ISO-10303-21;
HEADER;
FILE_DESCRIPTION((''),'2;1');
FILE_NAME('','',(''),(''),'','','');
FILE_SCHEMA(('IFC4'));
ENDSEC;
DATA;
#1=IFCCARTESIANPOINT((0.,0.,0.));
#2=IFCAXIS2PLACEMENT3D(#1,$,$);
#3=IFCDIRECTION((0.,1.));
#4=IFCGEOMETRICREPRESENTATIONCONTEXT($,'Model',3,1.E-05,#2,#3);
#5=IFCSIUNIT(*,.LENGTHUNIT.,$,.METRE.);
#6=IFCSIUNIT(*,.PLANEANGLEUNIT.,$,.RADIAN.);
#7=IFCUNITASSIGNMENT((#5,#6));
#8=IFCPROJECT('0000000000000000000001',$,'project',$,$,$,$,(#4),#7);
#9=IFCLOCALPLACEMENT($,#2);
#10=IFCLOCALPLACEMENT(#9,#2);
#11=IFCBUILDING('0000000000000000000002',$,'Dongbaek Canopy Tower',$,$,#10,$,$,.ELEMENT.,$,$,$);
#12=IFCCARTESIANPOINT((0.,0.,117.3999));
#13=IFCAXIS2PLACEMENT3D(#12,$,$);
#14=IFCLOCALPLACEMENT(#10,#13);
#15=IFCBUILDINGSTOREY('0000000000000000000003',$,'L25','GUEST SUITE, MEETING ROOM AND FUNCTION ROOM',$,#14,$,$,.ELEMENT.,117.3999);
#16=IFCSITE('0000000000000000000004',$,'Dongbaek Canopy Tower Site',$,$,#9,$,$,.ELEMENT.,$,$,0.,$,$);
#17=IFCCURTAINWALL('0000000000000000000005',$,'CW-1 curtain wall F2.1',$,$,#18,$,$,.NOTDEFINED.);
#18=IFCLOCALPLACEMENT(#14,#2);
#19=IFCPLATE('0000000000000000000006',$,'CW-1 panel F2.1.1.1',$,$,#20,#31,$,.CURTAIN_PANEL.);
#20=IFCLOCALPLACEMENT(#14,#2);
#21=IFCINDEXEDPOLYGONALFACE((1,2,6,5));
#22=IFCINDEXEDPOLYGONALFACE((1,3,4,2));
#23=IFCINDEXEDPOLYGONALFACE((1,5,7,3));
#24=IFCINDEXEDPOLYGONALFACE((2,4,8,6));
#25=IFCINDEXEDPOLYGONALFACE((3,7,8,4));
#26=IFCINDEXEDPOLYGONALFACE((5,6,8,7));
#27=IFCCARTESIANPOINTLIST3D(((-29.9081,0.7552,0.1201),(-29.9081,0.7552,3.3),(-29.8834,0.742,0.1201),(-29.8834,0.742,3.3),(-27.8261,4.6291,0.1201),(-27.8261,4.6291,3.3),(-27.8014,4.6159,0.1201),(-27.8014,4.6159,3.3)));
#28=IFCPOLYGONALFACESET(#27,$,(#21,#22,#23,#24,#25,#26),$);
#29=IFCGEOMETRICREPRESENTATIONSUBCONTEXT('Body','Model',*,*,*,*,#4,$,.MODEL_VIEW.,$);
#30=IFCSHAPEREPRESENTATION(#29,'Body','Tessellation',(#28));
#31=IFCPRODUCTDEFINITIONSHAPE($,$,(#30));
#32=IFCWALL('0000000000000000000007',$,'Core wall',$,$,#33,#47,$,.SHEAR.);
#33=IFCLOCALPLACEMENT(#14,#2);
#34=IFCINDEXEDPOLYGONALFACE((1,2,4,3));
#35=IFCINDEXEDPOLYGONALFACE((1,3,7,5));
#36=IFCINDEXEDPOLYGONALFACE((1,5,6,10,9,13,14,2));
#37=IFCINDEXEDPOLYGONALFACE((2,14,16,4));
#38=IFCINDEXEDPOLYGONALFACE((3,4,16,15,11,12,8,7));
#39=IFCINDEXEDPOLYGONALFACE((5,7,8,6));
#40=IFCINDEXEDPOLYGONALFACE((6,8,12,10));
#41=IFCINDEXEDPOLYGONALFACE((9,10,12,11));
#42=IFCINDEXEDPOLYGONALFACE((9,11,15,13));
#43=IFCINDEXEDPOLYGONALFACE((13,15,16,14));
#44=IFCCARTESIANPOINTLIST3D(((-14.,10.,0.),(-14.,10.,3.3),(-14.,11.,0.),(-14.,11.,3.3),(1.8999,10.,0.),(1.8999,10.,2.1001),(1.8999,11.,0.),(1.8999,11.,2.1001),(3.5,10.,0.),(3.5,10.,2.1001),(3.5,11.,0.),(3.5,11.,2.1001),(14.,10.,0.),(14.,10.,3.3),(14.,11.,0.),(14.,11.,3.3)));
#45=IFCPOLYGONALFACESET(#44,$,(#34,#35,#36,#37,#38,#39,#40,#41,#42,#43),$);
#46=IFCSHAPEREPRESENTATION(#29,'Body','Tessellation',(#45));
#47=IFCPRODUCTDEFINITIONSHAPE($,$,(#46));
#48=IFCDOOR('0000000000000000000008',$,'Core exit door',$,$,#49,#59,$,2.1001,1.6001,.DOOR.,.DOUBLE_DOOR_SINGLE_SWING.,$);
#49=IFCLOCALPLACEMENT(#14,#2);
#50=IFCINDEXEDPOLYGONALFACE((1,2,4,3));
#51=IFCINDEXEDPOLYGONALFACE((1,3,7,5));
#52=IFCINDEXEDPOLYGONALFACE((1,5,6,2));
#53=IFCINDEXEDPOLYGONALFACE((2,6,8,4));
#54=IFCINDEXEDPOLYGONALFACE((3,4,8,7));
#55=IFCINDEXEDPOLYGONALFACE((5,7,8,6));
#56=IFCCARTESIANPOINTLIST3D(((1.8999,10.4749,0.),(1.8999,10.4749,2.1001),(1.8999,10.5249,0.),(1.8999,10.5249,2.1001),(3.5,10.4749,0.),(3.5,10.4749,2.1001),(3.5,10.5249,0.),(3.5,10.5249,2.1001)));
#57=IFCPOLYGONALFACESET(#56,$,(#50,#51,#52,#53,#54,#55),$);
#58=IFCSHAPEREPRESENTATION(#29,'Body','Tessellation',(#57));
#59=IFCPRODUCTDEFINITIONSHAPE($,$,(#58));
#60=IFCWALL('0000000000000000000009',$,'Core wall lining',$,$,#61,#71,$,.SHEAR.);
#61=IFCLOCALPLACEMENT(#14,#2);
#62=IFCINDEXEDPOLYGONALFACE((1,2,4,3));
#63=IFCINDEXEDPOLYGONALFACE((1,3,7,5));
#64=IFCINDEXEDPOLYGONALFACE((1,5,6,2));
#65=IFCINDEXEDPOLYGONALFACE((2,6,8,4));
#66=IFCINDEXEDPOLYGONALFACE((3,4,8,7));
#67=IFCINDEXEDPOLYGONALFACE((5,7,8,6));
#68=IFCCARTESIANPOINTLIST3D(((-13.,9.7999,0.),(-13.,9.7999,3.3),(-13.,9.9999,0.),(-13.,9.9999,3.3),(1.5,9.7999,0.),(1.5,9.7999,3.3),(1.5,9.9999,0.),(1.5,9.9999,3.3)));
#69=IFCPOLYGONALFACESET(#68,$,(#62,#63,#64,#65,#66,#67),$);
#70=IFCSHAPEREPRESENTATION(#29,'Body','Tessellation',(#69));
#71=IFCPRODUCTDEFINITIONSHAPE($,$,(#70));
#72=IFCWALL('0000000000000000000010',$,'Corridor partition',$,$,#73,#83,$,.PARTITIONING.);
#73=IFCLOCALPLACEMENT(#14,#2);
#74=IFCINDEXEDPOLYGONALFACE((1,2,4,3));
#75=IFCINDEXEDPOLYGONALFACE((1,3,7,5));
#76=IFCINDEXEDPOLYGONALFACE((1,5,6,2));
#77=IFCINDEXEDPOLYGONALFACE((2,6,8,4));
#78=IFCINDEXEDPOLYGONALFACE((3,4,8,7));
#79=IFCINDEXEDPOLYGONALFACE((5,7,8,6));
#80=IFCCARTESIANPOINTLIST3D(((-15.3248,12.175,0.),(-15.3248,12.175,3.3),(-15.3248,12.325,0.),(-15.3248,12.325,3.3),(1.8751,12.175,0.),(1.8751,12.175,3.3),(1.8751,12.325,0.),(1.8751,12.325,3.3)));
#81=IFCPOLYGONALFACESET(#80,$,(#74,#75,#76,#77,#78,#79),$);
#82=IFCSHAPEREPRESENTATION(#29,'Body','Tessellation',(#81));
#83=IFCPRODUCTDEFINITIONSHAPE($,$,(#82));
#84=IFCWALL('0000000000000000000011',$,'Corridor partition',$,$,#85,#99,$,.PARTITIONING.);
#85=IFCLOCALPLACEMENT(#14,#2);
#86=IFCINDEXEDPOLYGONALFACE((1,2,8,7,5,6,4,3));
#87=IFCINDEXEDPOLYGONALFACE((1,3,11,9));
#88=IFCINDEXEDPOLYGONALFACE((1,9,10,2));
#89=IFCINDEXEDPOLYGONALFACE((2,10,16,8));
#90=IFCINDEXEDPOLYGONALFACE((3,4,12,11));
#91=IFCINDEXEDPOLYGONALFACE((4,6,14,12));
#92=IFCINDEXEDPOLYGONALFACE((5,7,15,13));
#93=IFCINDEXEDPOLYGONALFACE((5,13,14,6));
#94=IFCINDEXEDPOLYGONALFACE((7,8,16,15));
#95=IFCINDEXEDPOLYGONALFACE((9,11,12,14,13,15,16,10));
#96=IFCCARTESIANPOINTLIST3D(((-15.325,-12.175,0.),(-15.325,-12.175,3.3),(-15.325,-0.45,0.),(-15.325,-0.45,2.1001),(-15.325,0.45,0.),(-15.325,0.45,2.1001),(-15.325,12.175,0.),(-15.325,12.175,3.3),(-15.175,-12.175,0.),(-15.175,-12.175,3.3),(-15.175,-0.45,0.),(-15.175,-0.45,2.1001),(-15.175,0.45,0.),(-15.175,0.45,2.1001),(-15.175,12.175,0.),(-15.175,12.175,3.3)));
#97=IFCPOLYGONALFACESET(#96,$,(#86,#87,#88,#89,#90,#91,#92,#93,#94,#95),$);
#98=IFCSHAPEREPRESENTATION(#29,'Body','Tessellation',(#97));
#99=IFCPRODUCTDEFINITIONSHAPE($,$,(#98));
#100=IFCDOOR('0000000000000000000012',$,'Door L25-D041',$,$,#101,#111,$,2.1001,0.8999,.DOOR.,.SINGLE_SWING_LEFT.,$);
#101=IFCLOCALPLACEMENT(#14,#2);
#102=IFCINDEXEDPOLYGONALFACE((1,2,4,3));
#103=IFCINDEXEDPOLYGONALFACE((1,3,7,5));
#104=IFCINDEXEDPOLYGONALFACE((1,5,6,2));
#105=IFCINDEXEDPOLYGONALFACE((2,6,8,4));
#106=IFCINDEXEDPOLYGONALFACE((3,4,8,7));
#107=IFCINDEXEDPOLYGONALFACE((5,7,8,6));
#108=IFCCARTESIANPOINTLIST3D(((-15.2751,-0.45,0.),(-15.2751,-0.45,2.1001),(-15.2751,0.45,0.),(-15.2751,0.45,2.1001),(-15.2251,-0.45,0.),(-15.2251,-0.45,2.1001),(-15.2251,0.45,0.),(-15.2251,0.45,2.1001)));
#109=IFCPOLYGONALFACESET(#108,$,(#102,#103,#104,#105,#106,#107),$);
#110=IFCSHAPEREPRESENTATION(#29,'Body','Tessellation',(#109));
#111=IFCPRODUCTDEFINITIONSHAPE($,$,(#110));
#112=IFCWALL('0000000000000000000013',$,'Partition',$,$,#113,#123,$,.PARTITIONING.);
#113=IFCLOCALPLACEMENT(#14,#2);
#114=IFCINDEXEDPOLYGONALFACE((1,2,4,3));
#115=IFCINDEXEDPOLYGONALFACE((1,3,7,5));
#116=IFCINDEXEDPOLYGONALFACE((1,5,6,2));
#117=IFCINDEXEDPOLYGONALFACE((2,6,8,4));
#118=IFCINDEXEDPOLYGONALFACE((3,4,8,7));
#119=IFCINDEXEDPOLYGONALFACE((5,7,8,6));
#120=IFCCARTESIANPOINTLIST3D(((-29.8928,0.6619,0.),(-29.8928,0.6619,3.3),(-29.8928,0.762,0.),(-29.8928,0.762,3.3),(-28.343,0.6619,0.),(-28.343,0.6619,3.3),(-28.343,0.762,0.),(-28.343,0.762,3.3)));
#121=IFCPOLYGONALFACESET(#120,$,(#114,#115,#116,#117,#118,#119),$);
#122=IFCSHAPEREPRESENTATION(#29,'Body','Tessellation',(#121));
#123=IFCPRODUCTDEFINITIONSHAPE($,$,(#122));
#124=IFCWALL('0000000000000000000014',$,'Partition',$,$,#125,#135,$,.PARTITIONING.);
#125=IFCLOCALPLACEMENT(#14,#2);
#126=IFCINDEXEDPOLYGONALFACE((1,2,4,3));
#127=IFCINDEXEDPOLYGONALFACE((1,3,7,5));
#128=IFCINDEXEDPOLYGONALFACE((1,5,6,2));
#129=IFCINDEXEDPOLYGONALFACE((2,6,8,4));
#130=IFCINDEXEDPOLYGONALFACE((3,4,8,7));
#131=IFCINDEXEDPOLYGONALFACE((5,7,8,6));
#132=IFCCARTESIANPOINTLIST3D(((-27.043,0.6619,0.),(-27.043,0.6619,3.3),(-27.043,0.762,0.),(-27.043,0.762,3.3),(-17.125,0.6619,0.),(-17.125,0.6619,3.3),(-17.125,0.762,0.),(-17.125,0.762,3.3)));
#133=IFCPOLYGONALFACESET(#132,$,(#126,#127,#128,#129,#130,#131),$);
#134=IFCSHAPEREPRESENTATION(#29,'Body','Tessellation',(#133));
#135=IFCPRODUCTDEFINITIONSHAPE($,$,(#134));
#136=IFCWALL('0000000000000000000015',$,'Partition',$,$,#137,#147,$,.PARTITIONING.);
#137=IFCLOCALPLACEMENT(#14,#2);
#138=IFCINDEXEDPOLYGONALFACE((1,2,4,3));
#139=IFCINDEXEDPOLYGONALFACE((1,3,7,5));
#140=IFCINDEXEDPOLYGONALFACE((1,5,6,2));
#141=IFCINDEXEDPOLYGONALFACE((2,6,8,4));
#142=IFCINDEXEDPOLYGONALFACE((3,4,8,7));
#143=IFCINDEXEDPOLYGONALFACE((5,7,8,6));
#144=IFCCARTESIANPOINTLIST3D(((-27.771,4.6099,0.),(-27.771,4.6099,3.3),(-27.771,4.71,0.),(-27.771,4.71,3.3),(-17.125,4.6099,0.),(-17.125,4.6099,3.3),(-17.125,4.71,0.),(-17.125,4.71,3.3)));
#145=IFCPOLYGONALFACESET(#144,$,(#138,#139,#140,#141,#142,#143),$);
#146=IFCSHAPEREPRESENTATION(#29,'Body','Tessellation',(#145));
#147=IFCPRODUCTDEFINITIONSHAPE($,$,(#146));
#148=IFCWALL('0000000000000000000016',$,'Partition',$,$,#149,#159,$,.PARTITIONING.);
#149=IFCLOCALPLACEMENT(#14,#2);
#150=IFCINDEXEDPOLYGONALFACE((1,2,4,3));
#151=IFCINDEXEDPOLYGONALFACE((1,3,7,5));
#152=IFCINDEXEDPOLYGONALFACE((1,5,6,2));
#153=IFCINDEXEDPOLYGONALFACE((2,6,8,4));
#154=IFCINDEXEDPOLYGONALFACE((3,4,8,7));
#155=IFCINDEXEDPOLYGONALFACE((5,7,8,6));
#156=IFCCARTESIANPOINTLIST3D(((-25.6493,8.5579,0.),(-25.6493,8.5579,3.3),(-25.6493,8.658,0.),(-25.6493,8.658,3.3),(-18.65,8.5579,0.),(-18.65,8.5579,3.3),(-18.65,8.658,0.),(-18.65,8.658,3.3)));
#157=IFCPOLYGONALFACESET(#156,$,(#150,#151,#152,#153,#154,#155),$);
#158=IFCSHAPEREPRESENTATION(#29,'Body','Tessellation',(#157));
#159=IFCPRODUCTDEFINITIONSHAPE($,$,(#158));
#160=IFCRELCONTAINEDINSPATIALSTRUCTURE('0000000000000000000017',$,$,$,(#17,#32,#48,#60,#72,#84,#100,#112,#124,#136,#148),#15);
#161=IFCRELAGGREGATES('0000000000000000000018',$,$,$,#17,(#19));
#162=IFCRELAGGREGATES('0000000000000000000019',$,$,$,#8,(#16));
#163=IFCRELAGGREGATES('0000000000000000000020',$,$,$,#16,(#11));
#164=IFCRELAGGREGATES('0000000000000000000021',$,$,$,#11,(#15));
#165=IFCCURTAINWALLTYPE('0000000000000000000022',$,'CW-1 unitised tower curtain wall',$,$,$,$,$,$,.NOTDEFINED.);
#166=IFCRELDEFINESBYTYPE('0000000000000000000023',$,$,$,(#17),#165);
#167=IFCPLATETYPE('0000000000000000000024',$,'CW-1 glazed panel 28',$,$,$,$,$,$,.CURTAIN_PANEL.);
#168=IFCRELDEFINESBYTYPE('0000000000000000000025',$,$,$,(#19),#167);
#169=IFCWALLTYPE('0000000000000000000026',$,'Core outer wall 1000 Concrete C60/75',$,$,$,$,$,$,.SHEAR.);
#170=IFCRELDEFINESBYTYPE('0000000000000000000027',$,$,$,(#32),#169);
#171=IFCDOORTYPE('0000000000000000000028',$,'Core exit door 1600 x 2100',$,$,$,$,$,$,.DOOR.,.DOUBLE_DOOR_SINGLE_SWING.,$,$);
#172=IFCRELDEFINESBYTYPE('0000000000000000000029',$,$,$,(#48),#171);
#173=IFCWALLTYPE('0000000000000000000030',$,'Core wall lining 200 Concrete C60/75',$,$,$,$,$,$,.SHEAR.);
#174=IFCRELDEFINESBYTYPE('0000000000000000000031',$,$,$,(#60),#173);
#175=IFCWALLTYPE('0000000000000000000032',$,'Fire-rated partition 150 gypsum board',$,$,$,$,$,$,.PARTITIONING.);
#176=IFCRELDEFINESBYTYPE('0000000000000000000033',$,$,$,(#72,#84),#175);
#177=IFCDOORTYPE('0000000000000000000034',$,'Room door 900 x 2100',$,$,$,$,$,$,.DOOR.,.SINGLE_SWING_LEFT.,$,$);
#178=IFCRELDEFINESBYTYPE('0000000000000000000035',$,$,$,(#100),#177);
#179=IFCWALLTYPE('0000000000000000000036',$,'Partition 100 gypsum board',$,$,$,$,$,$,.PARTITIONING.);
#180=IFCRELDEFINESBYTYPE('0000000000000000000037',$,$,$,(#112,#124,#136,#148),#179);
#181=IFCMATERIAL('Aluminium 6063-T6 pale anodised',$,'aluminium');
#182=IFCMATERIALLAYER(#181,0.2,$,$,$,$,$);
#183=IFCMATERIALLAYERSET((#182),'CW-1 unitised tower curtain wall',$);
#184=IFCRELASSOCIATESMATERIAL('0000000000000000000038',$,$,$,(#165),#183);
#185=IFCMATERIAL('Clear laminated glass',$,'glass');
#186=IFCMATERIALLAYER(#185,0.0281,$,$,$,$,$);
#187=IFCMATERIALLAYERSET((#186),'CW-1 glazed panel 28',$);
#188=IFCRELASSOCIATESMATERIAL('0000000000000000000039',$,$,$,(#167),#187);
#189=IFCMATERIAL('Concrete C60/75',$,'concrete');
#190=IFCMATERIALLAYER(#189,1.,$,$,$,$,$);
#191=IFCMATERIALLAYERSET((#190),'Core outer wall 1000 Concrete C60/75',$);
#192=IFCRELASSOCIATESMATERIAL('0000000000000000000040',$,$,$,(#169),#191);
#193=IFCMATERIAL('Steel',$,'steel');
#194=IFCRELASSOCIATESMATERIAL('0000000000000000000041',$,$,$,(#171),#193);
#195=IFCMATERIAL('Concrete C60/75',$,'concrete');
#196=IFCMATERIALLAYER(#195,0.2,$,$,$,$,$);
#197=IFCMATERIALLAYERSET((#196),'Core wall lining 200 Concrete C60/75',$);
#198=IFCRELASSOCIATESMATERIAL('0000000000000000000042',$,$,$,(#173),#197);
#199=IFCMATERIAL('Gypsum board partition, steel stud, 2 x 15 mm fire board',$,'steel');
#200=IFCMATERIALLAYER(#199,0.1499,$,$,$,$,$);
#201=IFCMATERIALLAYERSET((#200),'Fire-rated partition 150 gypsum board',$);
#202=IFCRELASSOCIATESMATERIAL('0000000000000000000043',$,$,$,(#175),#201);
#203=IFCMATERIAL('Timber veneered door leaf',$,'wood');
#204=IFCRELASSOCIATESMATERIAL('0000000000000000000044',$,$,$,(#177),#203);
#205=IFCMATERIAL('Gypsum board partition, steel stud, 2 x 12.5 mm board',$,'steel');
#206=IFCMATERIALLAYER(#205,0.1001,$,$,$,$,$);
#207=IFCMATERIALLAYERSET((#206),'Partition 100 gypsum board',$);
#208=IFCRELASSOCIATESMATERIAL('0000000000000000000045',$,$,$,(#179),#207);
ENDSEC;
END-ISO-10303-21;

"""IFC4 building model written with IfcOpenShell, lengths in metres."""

from ifc_helpers import new_model, si_unit, direction, frame, frame_2d, origin, origin_2d, place, context, subcontext, project, spatial, rectangle, extrude, material, layer, layer_set, type_object, element, fill, aggregate, save


model = new_model("IFC4")

# Units and contexts
model_context = context("Model", 3, precision=1e-05, world=origin(), true_north=direction((0.0, 1.0)))
body_context = subcontext(model_context, "Body", "Model", "MODEL_VIEW")
ifc_project = project(units=[si_unit("LENGTHUNIT", "METRE"), si_unit("PLANEANGLEUNIT", "RADIAN")], contexts=[model_context])

# Site, building, storey
site_placement = place(None, origin())
site = spatial("IfcSite", under=ifc_project, at=site_placement, Name="Dongbaek Canopy Tower Site", CompositionType="ELEMENT", RefElevation=0.0)
building_placement = place(site_placement, origin())
building = spatial("IfcBuilding", under=site, at=building_placement, Name="Dongbaek Canopy Tower", CompositionType="ELEMENT")
storey_placement = place(building_placement, frame((0.0, 0.0, 117.3999)))
storey = spatial("IfcBuildingStorey", under=building, at=storey_placement, Name="L25", Description="GUEST SUITE, MEETING ROOM AND FUNCTION ROOM", CompositionType="ELEMENT", Elevation=117.3999)

# Curtain wall
ifc_material_1 = material(Name="Aluminium 6063-T6 pale anodised", Category="aluminium")
ifc_layer_1 = layer(ifc_material_1, 0.2)
ifc_layer_set_1 = layer_set([ifc_layer_1], Name="CW-1 unitised tower curtain wall")
curtain_wall_type = type_object("IfcCurtainWallType", Name="CW-1 unitised tower curtain wall", PredefinedType="NOTDEFINED", material=ifc_layer_set_1)
curtain_wall_placement = place(storey_placement, origin())
curtain_wall = element("IfcCurtainWall", 1, at=curtain_wall_placement, inside=storey, type_object=curtain_wall_type, Name="CW-1 curtain wall F2.1", PredefinedType="NOTDEFINED")

# Plate
ifc_material_2 = material(Name="Clear laminated glass", Category="glass")
ifc_layer_2 = layer(ifc_material_2, 0.0281)
ifc_layer_set_2 = layer_set([ifc_layer_2], Name="CW-1 glazed panel 28")
plate_type = type_object("IfcPlateType", Name="CW-1 glazed panel 28", PredefinedType="CURTAIN_PANEL", material=ifc_layer_set_2)
plate_placement = place(storey_placement, frame((-28.8547, 2.6855, 0.1201), z_axis=(0.0, 0.0, 1.0), x_axis=(-0.473409, -0.880843, 0.0)))
plate = element("IfcPlate", 2, at=plate_placement, type_object=plate_type, Name="CW-1 panel F2.1.1.1", PredefinedType="CURTAIN_PANEL", context=body_context, shape_type="SweptSolid", body=[
    extrude(rectangle(XDim=4.3979, YDim=0.0281, at=origin_2d()), origin(), (0.0, 0.0, 1.0), 3.1799),
])
aggregate(curtain_wall, [plate])

# Wall, opening, door
ifc_material_3 = material(Name="Concrete C60/75", Category="concrete")
ifc_layer_3 = layer(ifc_material_3, 1.0)
ifc_layer_set_3 = layer_set([ifc_layer_3], Name="Core outer wall 1000 Concrete C60/75")
wall_type_1 = type_object("IfcWallType", Name="Core outer wall 1000 Concrete C60/75", PredefinedType="SHEAR", material=ifc_layer_set_3)
wall_1_placement = place(storey_placement, frame((-14.0, 10.5, 0.0), z_axis=(0.0, 0.0, 1.0), x_axis=(1.0, 0.0, 0.0)))
wall_1 = element("IfcWall", 3, at=wall_1_placement, inside=storey, type_object=wall_type_1, Name="Core wall", PredefinedType="SHEAR", context=body_context, shape_type="SweptSolid", body=[
    extrude(rectangle(XDim=28.0, YDim=1.0, at=frame_2d((14.0, 0.0))), origin(), (0.0, 0.0, 1.0), 3.3),
])
opening_1_placement = place(wall_1_placement, frame((15.8999, 0.0, 0.0)))
opening_1 = element("IfcOpeningElement", 4, at=opening_1_placement, cuts=wall_1, PredefinedType="OPENING", context=body_context, shape_type="SweptSolid", body=[
    extrude(rectangle(XDim=1.6001, YDim=2.1001, at=frame_2d((0.8, 1.05))), frame((0.0, 0.51, 0.0), z_axis=(0.0, -1.0, 0.0), x_axis=(1.0, 0.0, 0.0)), (0.0, 0.0, 1.0), 1.02),
])
ifc_material_4 = material(Name="Steel", Category="steel")
door_type_1 = type_object("IfcDoorType", Name="Core exit door 1600 x 2100", OperationType="DOUBLE_DOOR_SINGLE_SWING", PredefinedType="DOOR", material=ifc_material_4)
door_1_placement = place(opening_1_placement, origin())
door_1 = element("IfcDoor", 5, at=door_1_placement, inside=storey, type_object=door_type_1, Name="Core exit door", OperationType="DOUBLE_DOOR_SINGLE_SWING", OverallHeight=2.1001, OverallWidth=1.6001, PredefinedType="DOOR", context=body_context, shape_type="SweptSolid", body=[
    extrude(rectangle(XDim=1.6001, YDim=2.1001, at=frame_2d((0.8, 1.05))), frame((0.0, 0.0249, 0.0), z_axis=(0.0, -1.0, 0.0), x_axis=(1.0, 0.0, 0.0)), (0.0, 0.0, 1.0), 0.05),
])
fill(opening_1, door_1)

# Walls
ifc_material_5 = material(Name="Concrete C60/75", Category="concrete")
ifc_layer_4 = layer(ifc_material_5, 0.2)
ifc_layer_set_4 = layer_set([ifc_layer_4], Name="Core wall lining 200 Concrete C60/75")
wall_type_2 = type_object("IfcWallType", Name="Core wall lining 200 Concrete C60/75", PredefinedType="SHEAR", material=ifc_layer_set_4)
wall_2_placement = place(storey_placement, frame((-13.0, 9.8999, 0.0), z_axis=(0.0, 0.0, 1.0), x_axis=(1.0, 0.0, 0.0)))
element("IfcWall", 6, at=wall_2_placement, inside=storey, type_object=wall_type_2, Name="Core wall lining", PredefinedType="SHEAR", context=body_context, shape_type="SweptSolid", body=[
    extrude(rectangle(XDim=14.5, YDim=0.2, at=frame_2d((7.25, 0.0))), origin(), (0.0, 0.0, 1.0), 3.3),
])
ifc_material_6 = material(Name="Gypsum board partition, steel stud, 2 x 15 mm fire board", Category="steel")
ifc_layer_5 = layer(ifc_material_6, 0.1499)
ifc_layer_set_5 = layer_set([ifc_layer_5], Name="Fire-rated partition 150 gypsum board")
wall_type_3 = type_object("IfcWallType", Name="Fire-rated partition 150 gypsum board", PredefinedType="PARTITIONING", material=ifc_layer_set_5)
wall_3_placement = place(storey_placement, frame((-15.325, 12.25, 0.0), z_axis=(0.0, 0.0, 1.0), x_axis=(1.0, 0.0, 0.0)))
element("IfcWall", 7, at=wall_3_placement, inside=storey, type_object=wall_type_3, Name="Corridor partition", PredefinedType="PARTITIONING", context=body_context, shape_type="SweptSolid", body=[
    extrude(rectangle(XDim=17.2, YDim=0.1499, at=frame_2d((8.6001, 0.0))), origin(), (0.0, 0.0, 1.0), 3.3),
])

# Wall, opening, door
wall_4_placement = place(storey_placement, frame((-15.25, 12.175, 0.0), z_axis=(0.0, 0.0, 1.0), x_axis=(0.0, -1.0, 0.0)))
wall_4 = element("IfcWall", 8, at=wall_4_placement, inside=storey, type_object=wall_type_3, Name="Corridor partition", PredefinedType="PARTITIONING", context=body_context, shape_type="SweptSolid", body=[
    extrude(rectangle(XDim=24.3501, YDim=0.1499, at=frame_2d((12.175, 0.0))), origin(), (0.0, 0.0, 1.0), 3.3),
])
opening_2_placement = place(wall_4_placement, frame((11.7251, 0.0, 0.0)))
opening_2 = element("IfcOpeningElement", 9, at=opening_2_placement, cuts=wall_4, PredefinedType="OPENING", context=body_context, shape_type="SweptSolid", body=[
    extrude(rectangle(XDim=0.8999, YDim=2.1001, at=frame_2d((0.45, 1.05))), frame((0.0, 0.085, 0.0), z_axis=(0.0, -1.0, 0.0), x_axis=(1.0, 0.0, 0.0)), (0.0, 0.0, 1.0), 0.1699),
])
ifc_material_7 = material(Name="Timber veneered door leaf", Category="wood")
door_type_2 = type_object("IfcDoorType", Name="Room door 900 x 2100", OperationType="SINGLE_SWING_LEFT", PredefinedType="DOOR", material=ifc_material_7)
door_2_placement = place(opening_2_placement, origin())
door_2 = element("IfcDoor", 10, at=door_2_placement, inside=storey, type_object=door_type_2, Name="Door L25-D041", OperationType="SINGLE_SWING_LEFT", OverallHeight=2.1001, OverallWidth=0.8999, PredefinedType="DOOR", context=body_context, shape_type="SweptSolid", body=[
    extrude(rectangle(XDim=0.8999, YDim=2.1001, at=frame_2d((0.45, 1.05))), frame((0.0, 0.0249, 0.0), z_axis=(0.0, -1.0, 0.0), x_axis=(1.0, 0.0, 0.0)), (0.0, 0.0, 1.0), 0.05),
])
fill(opening_2, door_2)

# Walls
ifc_material_8 = material(Name="Gypsum board partition, steel stud, 2 x 12.5 mm board", Category="steel")
ifc_layer_6 = layer(ifc_material_8, 0.1001)
ifc_layer_set_6 = layer_set([ifc_layer_6], Name="Partition 100 gypsum board")
wall_type_4 = type_object("IfcWallType", Name="Partition 100 gypsum board", PredefinedType="PARTITIONING", material=ifc_layer_set_6)
wall_5_placement = place(storey_placement, frame((-29.8928, 0.7119, 0.0), z_axis=(0.0, 0.0, 1.0), x_axis=(1.0, 0.0, 0.0)))
element("IfcWall", 11, at=wall_5_placement, inside=storey, type_object=wall_type_4, Name="Partition", PredefinedType="PARTITIONING", context=body_context, shape_type="SweptSolid", body=[
    extrude(rectangle(XDim=1.5498, YDim=0.1001, at=frame_2d((0.7749, 0.0))), origin(), (0.0, 0.0, 1.0), 3.3),
])
wall_6_placement = place(storey_placement, frame((-27.043, 0.7119, 0.0), z_axis=(0.0, 0.0, 1.0), x_axis=(1.0, 0.0, 0.0)))
element("IfcWall", 12, at=wall_6_placement, inside=storey, type_object=wall_type_4, Name="Partition", PredefinedType="PARTITIONING", context=body_context, shape_type="SweptSolid", body=[
    extrude(rectangle(XDim=9.918, YDim=0.1001, at=frame_2d((4.959, 0.0))), origin(), (0.0, 0.0, 1.0), 3.3),
])
wall_7_placement = place(storey_placement, frame((-27.771, 4.6599, 0.0), z_axis=(0.0, 0.0, 1.0), x_axis=(1.0, 0.0, 0.0)))
element("IfcWall", 13, at=wall_7_placement, inside=storey, type_object=wall_type_4, Name="Partition", PredefinedType="PARTITIONING", context=body_context, shape_type="SweptSolid", body=[
    extrude(rectangle(XDim=10.646, YDim=0.1001, at=frame_2d((5.323, 0.0))), origin(), (0.0, 0.0, 1.0), 3.3),
])
wall_8_placement = place(storey_placement, frame((-25.6492, 8.6079, 0.0), z_axis=(0.0, 0.0, 1.0), x_axis=(1.0, 0.0, 0.0)))
element("IfcWall", 14, at=wall_8_placement, inside=storey, type_object=wall_type_4, Name="Partition", PredefinedType="PARTITIONING", context=body_context, shape_type="SweptSolid", body=[
    extrude(rectangle(XDim=6.9993, YDim=0.1001, at=frame_2d((3.4995, 0.0))), origin(), (0.0, 0.0, 1.0), 3.3),
])

save(model, "model.ifc")
